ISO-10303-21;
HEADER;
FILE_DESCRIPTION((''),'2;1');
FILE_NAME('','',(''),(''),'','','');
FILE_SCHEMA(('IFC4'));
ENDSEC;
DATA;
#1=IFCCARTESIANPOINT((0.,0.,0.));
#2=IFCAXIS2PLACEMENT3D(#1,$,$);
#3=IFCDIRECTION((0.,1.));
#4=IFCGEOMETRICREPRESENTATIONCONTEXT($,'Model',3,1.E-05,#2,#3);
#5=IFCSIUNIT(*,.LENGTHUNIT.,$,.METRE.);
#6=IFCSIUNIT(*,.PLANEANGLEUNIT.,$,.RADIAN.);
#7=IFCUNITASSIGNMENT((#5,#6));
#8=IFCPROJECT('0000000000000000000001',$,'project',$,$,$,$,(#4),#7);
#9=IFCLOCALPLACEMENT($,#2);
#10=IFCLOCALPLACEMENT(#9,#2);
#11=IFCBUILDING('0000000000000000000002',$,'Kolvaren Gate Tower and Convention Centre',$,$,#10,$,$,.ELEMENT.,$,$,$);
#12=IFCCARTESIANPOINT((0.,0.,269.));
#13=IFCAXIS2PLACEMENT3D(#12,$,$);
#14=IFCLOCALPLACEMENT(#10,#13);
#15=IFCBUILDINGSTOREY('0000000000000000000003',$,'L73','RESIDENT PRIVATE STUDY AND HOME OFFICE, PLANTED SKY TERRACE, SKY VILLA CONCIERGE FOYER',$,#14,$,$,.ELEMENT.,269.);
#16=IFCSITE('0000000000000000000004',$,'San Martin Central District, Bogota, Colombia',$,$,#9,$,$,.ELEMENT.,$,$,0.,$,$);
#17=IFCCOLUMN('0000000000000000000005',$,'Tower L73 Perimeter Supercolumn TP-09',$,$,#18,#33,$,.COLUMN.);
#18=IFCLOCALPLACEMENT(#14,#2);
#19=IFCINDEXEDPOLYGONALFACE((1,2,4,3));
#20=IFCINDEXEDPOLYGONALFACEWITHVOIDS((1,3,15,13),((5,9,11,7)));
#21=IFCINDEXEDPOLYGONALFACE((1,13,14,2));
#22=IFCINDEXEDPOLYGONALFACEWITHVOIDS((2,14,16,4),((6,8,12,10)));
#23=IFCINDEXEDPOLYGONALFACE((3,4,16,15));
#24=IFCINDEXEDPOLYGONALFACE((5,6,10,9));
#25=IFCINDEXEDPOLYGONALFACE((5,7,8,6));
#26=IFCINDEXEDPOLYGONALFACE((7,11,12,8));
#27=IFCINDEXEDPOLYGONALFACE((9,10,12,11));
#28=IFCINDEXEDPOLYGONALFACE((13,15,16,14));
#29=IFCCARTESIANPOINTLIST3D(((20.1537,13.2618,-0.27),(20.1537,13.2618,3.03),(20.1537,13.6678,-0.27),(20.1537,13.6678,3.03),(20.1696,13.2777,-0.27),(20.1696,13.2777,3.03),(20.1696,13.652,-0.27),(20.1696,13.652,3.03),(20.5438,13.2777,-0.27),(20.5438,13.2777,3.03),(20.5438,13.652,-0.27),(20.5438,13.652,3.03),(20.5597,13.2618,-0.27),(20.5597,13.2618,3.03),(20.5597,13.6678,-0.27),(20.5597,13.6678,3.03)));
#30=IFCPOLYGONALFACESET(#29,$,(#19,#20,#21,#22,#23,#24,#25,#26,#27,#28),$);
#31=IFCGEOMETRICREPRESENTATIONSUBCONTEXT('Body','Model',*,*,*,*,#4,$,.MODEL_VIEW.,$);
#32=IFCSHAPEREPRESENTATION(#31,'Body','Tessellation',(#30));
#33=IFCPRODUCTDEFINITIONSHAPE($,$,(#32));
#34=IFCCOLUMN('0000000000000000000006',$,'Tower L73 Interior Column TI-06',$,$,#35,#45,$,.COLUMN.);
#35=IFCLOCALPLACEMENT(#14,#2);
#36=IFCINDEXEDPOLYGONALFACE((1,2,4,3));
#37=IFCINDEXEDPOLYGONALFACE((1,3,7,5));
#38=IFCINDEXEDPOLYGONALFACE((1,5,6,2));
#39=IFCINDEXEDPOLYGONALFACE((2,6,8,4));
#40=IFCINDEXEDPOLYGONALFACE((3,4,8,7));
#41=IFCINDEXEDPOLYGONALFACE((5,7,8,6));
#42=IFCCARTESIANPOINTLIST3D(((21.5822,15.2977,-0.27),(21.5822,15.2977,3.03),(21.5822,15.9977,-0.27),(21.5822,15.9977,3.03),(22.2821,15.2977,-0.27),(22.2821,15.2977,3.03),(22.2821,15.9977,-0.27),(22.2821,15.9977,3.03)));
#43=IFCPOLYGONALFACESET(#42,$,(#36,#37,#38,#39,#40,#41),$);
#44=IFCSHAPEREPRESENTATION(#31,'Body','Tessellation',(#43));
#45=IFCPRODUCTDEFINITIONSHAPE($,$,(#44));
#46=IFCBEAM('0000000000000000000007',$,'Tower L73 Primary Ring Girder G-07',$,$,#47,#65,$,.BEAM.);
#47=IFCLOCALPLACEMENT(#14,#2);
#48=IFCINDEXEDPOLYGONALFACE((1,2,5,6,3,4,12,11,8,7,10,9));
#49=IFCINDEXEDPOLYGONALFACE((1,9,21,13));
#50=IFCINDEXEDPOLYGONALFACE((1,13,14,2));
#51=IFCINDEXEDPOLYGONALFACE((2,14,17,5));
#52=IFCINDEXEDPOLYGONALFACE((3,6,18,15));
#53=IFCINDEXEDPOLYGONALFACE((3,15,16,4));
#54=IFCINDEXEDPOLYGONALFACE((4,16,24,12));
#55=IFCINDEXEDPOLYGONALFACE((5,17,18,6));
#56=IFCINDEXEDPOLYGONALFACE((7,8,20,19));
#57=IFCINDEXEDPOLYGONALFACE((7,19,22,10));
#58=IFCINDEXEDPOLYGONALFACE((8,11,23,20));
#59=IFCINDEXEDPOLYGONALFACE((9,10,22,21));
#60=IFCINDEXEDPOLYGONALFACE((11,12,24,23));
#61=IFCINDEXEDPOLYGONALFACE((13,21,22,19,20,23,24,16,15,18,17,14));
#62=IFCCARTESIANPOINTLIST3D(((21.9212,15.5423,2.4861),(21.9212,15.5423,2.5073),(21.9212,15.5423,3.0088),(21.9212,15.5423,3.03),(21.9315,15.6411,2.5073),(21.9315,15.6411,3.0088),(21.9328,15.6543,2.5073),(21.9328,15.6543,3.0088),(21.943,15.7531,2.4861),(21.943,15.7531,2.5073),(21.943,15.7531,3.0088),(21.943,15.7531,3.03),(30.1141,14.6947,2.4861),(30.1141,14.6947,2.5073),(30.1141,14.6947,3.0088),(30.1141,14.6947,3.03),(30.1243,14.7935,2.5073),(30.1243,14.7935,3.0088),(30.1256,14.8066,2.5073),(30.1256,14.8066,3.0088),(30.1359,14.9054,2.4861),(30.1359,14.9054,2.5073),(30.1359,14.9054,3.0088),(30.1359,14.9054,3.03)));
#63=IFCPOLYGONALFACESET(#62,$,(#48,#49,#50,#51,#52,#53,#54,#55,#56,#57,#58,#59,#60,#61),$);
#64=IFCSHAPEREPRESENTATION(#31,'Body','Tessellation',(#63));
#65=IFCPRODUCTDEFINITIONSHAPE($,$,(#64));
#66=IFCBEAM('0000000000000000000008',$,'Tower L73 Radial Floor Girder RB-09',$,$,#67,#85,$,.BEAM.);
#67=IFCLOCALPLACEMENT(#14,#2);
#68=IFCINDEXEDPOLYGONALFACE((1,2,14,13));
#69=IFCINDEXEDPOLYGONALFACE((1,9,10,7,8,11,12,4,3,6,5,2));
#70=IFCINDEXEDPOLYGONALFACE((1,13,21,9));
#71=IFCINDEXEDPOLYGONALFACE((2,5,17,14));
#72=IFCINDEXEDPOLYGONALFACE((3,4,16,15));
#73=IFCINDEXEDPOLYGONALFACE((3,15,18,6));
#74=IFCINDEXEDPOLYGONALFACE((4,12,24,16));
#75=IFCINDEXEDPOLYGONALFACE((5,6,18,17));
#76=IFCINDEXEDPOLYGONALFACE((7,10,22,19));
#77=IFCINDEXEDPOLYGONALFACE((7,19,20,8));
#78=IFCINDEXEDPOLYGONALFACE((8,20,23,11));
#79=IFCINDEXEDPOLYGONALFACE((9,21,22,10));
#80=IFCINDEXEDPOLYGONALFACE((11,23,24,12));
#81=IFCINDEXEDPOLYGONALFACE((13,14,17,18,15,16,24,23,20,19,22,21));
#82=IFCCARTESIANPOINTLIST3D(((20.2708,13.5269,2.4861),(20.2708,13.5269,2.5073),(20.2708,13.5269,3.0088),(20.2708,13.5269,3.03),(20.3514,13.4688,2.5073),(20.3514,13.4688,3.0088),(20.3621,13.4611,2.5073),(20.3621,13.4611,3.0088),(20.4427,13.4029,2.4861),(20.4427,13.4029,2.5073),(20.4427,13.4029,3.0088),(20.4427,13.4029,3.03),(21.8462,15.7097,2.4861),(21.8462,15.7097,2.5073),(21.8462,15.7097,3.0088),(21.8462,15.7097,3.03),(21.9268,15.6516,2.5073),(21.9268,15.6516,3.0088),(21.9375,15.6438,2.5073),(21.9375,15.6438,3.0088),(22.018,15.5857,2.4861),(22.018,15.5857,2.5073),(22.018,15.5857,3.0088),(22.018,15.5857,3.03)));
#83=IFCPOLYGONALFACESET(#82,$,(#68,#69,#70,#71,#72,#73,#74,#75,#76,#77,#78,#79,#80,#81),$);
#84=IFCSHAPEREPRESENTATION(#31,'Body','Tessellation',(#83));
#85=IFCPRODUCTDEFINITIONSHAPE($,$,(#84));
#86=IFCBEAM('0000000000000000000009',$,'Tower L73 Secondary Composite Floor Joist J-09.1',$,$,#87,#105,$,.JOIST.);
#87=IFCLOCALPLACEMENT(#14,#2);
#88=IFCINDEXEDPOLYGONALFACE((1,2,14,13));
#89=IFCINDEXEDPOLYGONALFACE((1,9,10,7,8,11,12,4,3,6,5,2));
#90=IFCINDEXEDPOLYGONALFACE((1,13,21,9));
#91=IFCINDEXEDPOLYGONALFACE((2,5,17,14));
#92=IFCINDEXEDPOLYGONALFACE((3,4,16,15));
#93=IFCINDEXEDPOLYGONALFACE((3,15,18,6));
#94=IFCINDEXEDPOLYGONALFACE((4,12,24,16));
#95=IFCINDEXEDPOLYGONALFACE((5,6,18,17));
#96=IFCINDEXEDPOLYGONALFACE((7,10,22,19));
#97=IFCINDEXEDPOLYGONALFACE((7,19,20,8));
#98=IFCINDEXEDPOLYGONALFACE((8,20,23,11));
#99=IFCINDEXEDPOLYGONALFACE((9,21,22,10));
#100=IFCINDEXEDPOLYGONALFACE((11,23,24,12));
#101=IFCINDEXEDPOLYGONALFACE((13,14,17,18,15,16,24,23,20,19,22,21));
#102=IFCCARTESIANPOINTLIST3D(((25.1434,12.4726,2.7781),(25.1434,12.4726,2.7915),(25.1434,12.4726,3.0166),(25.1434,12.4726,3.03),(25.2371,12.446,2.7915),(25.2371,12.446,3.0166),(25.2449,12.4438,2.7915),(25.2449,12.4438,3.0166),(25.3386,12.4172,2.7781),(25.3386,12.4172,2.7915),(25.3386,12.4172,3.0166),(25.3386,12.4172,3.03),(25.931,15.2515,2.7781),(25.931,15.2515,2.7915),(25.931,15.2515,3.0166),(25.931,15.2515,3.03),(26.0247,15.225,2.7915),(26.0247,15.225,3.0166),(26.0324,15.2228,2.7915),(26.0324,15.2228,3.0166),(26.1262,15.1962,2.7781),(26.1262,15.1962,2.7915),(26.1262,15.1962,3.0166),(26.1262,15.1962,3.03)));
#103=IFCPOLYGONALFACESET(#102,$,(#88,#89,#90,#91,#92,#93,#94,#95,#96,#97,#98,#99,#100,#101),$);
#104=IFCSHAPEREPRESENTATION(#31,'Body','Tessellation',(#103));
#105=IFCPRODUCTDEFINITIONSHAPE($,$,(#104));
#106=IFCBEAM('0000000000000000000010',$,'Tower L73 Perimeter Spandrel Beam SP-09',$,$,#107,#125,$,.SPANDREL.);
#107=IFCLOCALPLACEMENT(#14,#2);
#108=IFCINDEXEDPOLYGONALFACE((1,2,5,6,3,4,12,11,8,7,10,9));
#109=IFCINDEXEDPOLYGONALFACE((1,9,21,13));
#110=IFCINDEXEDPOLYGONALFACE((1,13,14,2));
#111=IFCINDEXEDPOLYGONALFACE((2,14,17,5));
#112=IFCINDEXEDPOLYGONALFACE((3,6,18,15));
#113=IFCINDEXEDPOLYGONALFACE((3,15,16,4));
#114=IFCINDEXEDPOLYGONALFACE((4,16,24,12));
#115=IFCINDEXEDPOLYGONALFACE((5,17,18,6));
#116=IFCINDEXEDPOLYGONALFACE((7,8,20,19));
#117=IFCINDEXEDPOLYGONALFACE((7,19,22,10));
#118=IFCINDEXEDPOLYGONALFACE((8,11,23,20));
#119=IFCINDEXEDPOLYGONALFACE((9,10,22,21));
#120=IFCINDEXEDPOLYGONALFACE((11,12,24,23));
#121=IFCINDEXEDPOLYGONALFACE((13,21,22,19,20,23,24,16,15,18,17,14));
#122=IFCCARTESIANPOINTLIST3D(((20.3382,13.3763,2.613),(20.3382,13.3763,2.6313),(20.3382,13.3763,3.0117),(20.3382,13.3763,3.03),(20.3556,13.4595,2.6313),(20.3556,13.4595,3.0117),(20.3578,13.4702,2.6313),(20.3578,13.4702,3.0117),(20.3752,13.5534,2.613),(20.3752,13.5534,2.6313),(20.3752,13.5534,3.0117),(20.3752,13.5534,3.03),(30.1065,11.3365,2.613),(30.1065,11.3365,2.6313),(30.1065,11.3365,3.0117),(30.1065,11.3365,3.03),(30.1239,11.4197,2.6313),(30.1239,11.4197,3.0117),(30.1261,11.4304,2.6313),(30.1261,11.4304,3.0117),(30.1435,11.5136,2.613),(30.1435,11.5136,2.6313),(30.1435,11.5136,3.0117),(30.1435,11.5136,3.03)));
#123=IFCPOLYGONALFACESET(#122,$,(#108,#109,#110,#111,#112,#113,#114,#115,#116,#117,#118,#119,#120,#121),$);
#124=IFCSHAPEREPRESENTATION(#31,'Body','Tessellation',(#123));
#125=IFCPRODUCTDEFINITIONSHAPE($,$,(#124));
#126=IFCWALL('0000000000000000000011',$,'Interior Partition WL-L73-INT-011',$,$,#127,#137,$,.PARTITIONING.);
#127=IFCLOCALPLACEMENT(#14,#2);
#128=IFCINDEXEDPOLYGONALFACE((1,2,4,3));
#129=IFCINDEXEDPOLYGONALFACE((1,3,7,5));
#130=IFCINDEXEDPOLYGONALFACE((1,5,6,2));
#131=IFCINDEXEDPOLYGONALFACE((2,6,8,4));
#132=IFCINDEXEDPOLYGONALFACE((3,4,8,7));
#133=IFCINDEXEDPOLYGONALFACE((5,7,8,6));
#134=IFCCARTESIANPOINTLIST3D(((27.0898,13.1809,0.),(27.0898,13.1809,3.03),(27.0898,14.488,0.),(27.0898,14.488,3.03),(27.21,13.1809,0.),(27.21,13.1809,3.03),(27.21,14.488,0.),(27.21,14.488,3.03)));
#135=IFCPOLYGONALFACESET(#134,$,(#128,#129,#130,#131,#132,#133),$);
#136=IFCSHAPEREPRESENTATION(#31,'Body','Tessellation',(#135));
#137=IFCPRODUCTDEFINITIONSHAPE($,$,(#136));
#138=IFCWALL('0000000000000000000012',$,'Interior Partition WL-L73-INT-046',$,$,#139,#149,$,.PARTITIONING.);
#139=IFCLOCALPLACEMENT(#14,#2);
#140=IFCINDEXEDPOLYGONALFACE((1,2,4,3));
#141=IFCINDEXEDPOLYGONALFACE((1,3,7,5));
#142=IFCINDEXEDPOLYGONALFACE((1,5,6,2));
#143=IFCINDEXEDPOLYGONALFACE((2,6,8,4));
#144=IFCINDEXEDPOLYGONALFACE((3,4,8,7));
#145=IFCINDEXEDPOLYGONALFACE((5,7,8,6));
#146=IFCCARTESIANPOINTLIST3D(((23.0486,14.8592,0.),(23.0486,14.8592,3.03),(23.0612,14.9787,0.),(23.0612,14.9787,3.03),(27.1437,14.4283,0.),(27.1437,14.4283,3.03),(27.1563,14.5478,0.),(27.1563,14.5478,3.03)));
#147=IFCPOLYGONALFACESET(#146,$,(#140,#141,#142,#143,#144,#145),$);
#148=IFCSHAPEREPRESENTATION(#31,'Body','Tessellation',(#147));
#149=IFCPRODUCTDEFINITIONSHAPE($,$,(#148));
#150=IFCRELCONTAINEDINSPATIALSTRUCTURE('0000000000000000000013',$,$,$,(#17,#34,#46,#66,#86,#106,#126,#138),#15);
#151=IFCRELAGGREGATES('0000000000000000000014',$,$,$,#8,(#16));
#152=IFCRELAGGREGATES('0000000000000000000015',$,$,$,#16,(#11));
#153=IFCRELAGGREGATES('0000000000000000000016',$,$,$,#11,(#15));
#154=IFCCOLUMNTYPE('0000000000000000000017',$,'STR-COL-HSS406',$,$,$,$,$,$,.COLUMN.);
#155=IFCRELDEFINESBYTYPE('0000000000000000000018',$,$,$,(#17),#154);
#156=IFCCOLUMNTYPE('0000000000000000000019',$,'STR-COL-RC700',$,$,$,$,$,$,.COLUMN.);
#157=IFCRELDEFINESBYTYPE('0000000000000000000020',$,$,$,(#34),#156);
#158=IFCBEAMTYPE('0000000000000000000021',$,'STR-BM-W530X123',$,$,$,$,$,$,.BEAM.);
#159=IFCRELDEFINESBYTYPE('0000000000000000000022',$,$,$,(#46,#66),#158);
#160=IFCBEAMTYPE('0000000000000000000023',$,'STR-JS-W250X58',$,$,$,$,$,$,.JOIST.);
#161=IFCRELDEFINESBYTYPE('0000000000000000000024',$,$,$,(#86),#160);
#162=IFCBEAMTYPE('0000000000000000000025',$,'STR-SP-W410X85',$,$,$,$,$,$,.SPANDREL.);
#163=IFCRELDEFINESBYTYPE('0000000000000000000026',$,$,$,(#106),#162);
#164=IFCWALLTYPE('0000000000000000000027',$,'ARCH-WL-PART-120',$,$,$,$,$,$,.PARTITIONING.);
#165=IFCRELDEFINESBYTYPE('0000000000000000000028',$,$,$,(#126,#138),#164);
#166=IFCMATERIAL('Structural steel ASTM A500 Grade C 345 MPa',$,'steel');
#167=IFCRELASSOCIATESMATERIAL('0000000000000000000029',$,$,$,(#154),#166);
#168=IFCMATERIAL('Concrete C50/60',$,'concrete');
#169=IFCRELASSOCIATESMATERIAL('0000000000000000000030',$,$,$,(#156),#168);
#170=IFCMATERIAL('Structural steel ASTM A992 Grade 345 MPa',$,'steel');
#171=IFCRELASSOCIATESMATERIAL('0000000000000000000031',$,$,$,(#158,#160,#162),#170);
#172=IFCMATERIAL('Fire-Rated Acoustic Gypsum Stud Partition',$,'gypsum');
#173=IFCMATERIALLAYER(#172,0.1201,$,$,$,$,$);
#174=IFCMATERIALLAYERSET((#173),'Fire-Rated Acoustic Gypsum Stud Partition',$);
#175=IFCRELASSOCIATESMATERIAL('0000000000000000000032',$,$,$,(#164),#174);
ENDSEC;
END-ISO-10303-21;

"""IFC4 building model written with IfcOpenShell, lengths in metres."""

from ifc_helpers import new_model, si_unit, direction, frame, frame_2d, origin, origin_2d, place, context, subcontext, project, spatial, rectangle, hollow_rectangle, i_section, extrude, material, layer, layer_set, material_profile, profile_set, type_object, element, save


model = new_model("IFC4")

# Units and contexts
model_context = context("Model", 3, precision=1e-05, world=origin(), true_north=direction((0.0, 1.0)))
body_context = subcontext(model_context, "Body", "Model", "MODEL_VIEW")
ifc_project = project(units=[si_unit("LENGTHUNIT", "METRE"), si_unit("PLANEANGLEUNIT", "RADIAN")], contexts=[model_context])

# Site, building, storey
site_placement = place(None, origin())
site = spatial("IfcSite", under=ifc_project, at=site_placement, Name="San Martin Central District, Bogota, Colombia", CompositionType="ELEMENT", RefElevation=0.0)
building_placement = place(site_placement, origin())
building = spatial("IfcBuilding", under=site, at=building_placement, Name="Kolvaren Gate Tower and Convention Centre", CompositionType="ELEMENT")
storey_placement = place(building_placement, frame((0.0, 0.0, 269.0)))
storey = spatial("IfcBuildingStorey", under=building, at=storey_placement, Name="L73", Description="RESIDENT PRIVATE STUDY AND HOME OFFICE, PLANTED SKY TERRACE, SKY VILLA CONCIERGE FOYER", CompositionType="ELEMENT", Elevation=269.0)

# Columns
ifc_material_1 = material(Name="Structural steel ASTM A500 Grade C 345 MPa", Category="steel")
ifc_material_profile_1 = material_profile(ifc_material_1, hollow_rectangle(XDim=0.406, YDim=0.406, WallThickness=0.0159, at=origin_2d()), Name="HSS406X406X15.9")
ifc_profile_set_1 = profile_set([ifc_material_profile_1], Name="Structural steel ASTM A500 Grade C 345 MPa")
column_type_1 = type_object("IfcColumnType", Name="STR-COL-HSS406", PredefinedType="COLUMN", material=ifc_profile_set_1)
column_1_placement = place(storey_placement, frame((20.3567, 13.4648, -0.27), z_axis=(0.0, 0.0, 1.0), x_axis=(1.0, 0.0, 0.0)))
element("IfcColumn", 1, at=column_1_placement, inside=storey, type_object=column_type_1, Name="Tower L73 Perimeter Supercolumn TP-09", PredefinedType="COLUMN", context=body_context, shape_type="SweptSolid", body=[
    extrude(hollow_rectangle(XDim=0.406, YDim=0.406, WallThickness=0.0159, at=origin_2d()), origin(), (0.0, 0.0, 1.0), 3.3),
])
ifc_material_2 = material(Name="Concrete C50/60", Category="concrete")
ifc_material_profile_2 = material_profile(ifc_material_2, rectangle(XDim=0.7, YDim=0.7, at=origin_2d()), Name="RC-COL-700X700")
ifc_profile_set_2 = profile_set([ifc_material_profile_2], Name="Concrete C50/60")
column_type_2 = type_object("IfcColumnType", Name="STR-COL-RC700", PredefinedType="COLUMN", material=ifc_profile_set_2)
column_2_placement = place(storey_placement, frame((21.9321, 15.6477, -0.27), z_axis=(0.0, 0.0, 1.0), x_axis=(1.0, 0.0, 0.0)))
element("IfcColumn", 2, at=column_2_placement, inside=storey, type_object=column_type_2, Name="Tower L73 Interior Column TI-06", PredefinedType="COLUMN", context=body_context, shape_type="SweptSolid", body=[
    extrude(rectangle(XDim=0.7, YDim=0.7, at=origin_2d()), origin(), (0.0, 0.0, 1.0), 3.3),
])

# Beams
ifc_material_3 = material(Name="Structural steel ASTM A992 Grade 345 MPa", Category="steel")
ifc_material_profile_3 = material_profile(ifc_material_3, i_section(OverallWidth=0.2119, OverallDepth=0.5439, WebThickness=0.0132, FlangeThickness=0.0212, at=origin_2d()), Name="W530X123")
ifc_profile_set_3 = profile_set([ifc_material_profile_3], Name="Structural steel ASTM A992 Grade 345 MPa")
beam_type_1 = type_object("IfcBeamType", Name="STR-BM-W530X123", PredefinedType="BEAM", material=ifc_profile_set_3)
beam_1_placement = place(storey_placement, frame((21.9321, 15.6477, 2.7581), z_axis=(0.99469, -0.102913, 0.0), x_axis=(0.102913, 0.99469, 0.0)))
element("IfcBeam", 3, at=beam_1_placement, inside=storey, type_object=beam_type_1, Name="Tower L73 Primary Ring Girder G-07", PredefinedType="BEAM", context=body_context, shape_type="SweptSolid", body=[
    extrude(i_section(OverallWidth=0.2119, OverallDepth=0.5439, WebThickness=0.0132, FlangeThickness=0.0212, at=origin_2d()), origin(), (0.0, 0.0, 1.0), 8.2366),
])
beam_2_placement = place(storey_placement, frame((21.9321, 15.6477, 2.7581), z_axis=(-0.585229, -0.810868, 0.0), x_axis=(0.810868, -0.585229, 0.0)))
element("IfcBeam", 4, at=beam_2_placement, inside=storey, type_object=beam_type_1, Name="Tower L73 Radial Floor Girder RB-09", PredefinedType="BEAM", context=body_context, shape_type="SweptSolid", body=[
    extrude(i_section(OverallWidth=0.2119, OverallDepth=0.5439, WebThickness=0.0132, FlangeThickness=0.0212, at=origin_2d()), origin(), (0.0, 0.0, 1.0), 2.6919),
])
ifc_material_profile_4 = material_profile(ifc_material_3, i_section(OverallWidth=0.2029, OverallDepth=0.252, WebThickness=0.0081, FlangeThickness=0.0134, at=origin_2d()), Name="W250X58")
ifc_profile_set_4 = profile_set([ifc_material_profile_4], Name="Structural steel ASTM A992 Grade 345 MPa")
beam_type_2 = type_object("IfcBeamType", Name="STR-JS-W250X58", PredefinedType="JOIST", material=ifc_profile_set_4)
beam_3_placement = place(storey_placement, frame((26.0286, 15.2239, 2.9041), z_axis=(-0.272666, -0.962109, 0.0), x_axis=(0.962109, -0.272666, 0.0)))
element("IfcBeam", 5, at=beam_3_placement, inside=storey, type_object=beam_type_2, Name="Tower L73 Secondary Composite Floor Joist J-09.1", PredefinedType="JOIST", context=body_context, shape_type="SweptSolid", body=[
    extrude(i_section(OverallWidth=0.2029, OverallDepth=0.252, WebThickness=0.0081, FlangeThickness=0.0134, at=origin_2d()), origin(), (0.0, 0.0, 1.0), 2.8884),
])
ifc_material_profile_5 = material_profile(ifc_material_3, i_section(OverallWidth=0.1809, OverallDepth=0.417, WebThickness=0.011, FlangeThickness=0.0183, at=origin_2d()), Name="W410X85")
ifc_profile_set_5 = profile_set([ifc_material_profile_5], Name="Structural steel ASTM A992 Grade 345 MPa")
beam_type_3 = type_object("IfcBeamType", Name="STR-SP-W410X85", PredefinedType="SPANDREL", material=ifc_profile_set_5)
beam_4_placement = place(storey_placement, frame((20.3567, 13.4648, 2.8215), z_axis=(0.978886, -0.204409, 0.0), x_axis=(0.204409, 0.978886, 0.0)))
element("IfcBeam", 6, at=beam_4_placement, inside=storey, type_object=beam_type_3, Name="Tower L73 Perimeter Spandrel Beam SP-09", PredefinedType="SPANDREL", context=body_context, shape_type="SweptSolid", body=[
    extrude(i_section(OverallWidth=0.1809, OverallDepth=0.417, WebThickness=0.011, FlangeThickness=0.0183, at=origin_2d()), origin(), (0.0, 0.0, 1.0), 9.979),
])

# Walls
ifc_material_4 = material(Name="Fire-Rated Acoustic Gypsum Stud Partition", Category="gypsum")
ifc_layer_1 = layer(ifc_material_4, 0.1201)
ifc_layer_set_1 = layer_set([ifc_layer_1], Name="Fire-Rated Acoustic Gypsum Stud Partition")
wall_type_1 = type_object("IfcWallType", Name="ARCH-WL-PART-120", PredefinedType="PARTITIONING", material=ifc_layer_set_1)
wall_1_placement = place(storey_placement, frame((27.1499, 13.1809, 0.0), z_axis=(0.0, 0.0, 1.0), x_axis=(0.0, 1.0, 0.0)))
element("IfcWall", 7, at=wall_1_placement, inside=storey, type_object=wall_type_1, Name="Interior Partition WL-L73-INT-011", PredefinedType="PARTITIONING", context=body_context, shape_type="SweptSolid", body=[
    extrude(rectangle(XDim=1.3071, YDim=0.1201, at=frame_2d((0.6536, 0.0))), origin(), (0.0, 0.0, 1.0), 3.03),
])
wall_2_placement = place(storey_placement, frame((23.0549, 14.9189, 0.0), z_axis=(0.0, 0.0, 1.0), x_axis=(0.994509, -0.104651, 0.0)))
element("IfcWall", 8, at=wall_2_placement, inside=storey, type_object=wall_type_1, Name="Interior Partition WL-L73-INT-046", PredefinedType="PARTITIONING", context=body_context, shape_type="SweptSolid", body=[
    extrude(rectangle(XDim=4.1177, YDim=0.1201, at=frame_2d((2.0588, 0.0))), origin(), (0.0, 0.0, 1.0), 3.03),
])

save(model, "model.ifc")
